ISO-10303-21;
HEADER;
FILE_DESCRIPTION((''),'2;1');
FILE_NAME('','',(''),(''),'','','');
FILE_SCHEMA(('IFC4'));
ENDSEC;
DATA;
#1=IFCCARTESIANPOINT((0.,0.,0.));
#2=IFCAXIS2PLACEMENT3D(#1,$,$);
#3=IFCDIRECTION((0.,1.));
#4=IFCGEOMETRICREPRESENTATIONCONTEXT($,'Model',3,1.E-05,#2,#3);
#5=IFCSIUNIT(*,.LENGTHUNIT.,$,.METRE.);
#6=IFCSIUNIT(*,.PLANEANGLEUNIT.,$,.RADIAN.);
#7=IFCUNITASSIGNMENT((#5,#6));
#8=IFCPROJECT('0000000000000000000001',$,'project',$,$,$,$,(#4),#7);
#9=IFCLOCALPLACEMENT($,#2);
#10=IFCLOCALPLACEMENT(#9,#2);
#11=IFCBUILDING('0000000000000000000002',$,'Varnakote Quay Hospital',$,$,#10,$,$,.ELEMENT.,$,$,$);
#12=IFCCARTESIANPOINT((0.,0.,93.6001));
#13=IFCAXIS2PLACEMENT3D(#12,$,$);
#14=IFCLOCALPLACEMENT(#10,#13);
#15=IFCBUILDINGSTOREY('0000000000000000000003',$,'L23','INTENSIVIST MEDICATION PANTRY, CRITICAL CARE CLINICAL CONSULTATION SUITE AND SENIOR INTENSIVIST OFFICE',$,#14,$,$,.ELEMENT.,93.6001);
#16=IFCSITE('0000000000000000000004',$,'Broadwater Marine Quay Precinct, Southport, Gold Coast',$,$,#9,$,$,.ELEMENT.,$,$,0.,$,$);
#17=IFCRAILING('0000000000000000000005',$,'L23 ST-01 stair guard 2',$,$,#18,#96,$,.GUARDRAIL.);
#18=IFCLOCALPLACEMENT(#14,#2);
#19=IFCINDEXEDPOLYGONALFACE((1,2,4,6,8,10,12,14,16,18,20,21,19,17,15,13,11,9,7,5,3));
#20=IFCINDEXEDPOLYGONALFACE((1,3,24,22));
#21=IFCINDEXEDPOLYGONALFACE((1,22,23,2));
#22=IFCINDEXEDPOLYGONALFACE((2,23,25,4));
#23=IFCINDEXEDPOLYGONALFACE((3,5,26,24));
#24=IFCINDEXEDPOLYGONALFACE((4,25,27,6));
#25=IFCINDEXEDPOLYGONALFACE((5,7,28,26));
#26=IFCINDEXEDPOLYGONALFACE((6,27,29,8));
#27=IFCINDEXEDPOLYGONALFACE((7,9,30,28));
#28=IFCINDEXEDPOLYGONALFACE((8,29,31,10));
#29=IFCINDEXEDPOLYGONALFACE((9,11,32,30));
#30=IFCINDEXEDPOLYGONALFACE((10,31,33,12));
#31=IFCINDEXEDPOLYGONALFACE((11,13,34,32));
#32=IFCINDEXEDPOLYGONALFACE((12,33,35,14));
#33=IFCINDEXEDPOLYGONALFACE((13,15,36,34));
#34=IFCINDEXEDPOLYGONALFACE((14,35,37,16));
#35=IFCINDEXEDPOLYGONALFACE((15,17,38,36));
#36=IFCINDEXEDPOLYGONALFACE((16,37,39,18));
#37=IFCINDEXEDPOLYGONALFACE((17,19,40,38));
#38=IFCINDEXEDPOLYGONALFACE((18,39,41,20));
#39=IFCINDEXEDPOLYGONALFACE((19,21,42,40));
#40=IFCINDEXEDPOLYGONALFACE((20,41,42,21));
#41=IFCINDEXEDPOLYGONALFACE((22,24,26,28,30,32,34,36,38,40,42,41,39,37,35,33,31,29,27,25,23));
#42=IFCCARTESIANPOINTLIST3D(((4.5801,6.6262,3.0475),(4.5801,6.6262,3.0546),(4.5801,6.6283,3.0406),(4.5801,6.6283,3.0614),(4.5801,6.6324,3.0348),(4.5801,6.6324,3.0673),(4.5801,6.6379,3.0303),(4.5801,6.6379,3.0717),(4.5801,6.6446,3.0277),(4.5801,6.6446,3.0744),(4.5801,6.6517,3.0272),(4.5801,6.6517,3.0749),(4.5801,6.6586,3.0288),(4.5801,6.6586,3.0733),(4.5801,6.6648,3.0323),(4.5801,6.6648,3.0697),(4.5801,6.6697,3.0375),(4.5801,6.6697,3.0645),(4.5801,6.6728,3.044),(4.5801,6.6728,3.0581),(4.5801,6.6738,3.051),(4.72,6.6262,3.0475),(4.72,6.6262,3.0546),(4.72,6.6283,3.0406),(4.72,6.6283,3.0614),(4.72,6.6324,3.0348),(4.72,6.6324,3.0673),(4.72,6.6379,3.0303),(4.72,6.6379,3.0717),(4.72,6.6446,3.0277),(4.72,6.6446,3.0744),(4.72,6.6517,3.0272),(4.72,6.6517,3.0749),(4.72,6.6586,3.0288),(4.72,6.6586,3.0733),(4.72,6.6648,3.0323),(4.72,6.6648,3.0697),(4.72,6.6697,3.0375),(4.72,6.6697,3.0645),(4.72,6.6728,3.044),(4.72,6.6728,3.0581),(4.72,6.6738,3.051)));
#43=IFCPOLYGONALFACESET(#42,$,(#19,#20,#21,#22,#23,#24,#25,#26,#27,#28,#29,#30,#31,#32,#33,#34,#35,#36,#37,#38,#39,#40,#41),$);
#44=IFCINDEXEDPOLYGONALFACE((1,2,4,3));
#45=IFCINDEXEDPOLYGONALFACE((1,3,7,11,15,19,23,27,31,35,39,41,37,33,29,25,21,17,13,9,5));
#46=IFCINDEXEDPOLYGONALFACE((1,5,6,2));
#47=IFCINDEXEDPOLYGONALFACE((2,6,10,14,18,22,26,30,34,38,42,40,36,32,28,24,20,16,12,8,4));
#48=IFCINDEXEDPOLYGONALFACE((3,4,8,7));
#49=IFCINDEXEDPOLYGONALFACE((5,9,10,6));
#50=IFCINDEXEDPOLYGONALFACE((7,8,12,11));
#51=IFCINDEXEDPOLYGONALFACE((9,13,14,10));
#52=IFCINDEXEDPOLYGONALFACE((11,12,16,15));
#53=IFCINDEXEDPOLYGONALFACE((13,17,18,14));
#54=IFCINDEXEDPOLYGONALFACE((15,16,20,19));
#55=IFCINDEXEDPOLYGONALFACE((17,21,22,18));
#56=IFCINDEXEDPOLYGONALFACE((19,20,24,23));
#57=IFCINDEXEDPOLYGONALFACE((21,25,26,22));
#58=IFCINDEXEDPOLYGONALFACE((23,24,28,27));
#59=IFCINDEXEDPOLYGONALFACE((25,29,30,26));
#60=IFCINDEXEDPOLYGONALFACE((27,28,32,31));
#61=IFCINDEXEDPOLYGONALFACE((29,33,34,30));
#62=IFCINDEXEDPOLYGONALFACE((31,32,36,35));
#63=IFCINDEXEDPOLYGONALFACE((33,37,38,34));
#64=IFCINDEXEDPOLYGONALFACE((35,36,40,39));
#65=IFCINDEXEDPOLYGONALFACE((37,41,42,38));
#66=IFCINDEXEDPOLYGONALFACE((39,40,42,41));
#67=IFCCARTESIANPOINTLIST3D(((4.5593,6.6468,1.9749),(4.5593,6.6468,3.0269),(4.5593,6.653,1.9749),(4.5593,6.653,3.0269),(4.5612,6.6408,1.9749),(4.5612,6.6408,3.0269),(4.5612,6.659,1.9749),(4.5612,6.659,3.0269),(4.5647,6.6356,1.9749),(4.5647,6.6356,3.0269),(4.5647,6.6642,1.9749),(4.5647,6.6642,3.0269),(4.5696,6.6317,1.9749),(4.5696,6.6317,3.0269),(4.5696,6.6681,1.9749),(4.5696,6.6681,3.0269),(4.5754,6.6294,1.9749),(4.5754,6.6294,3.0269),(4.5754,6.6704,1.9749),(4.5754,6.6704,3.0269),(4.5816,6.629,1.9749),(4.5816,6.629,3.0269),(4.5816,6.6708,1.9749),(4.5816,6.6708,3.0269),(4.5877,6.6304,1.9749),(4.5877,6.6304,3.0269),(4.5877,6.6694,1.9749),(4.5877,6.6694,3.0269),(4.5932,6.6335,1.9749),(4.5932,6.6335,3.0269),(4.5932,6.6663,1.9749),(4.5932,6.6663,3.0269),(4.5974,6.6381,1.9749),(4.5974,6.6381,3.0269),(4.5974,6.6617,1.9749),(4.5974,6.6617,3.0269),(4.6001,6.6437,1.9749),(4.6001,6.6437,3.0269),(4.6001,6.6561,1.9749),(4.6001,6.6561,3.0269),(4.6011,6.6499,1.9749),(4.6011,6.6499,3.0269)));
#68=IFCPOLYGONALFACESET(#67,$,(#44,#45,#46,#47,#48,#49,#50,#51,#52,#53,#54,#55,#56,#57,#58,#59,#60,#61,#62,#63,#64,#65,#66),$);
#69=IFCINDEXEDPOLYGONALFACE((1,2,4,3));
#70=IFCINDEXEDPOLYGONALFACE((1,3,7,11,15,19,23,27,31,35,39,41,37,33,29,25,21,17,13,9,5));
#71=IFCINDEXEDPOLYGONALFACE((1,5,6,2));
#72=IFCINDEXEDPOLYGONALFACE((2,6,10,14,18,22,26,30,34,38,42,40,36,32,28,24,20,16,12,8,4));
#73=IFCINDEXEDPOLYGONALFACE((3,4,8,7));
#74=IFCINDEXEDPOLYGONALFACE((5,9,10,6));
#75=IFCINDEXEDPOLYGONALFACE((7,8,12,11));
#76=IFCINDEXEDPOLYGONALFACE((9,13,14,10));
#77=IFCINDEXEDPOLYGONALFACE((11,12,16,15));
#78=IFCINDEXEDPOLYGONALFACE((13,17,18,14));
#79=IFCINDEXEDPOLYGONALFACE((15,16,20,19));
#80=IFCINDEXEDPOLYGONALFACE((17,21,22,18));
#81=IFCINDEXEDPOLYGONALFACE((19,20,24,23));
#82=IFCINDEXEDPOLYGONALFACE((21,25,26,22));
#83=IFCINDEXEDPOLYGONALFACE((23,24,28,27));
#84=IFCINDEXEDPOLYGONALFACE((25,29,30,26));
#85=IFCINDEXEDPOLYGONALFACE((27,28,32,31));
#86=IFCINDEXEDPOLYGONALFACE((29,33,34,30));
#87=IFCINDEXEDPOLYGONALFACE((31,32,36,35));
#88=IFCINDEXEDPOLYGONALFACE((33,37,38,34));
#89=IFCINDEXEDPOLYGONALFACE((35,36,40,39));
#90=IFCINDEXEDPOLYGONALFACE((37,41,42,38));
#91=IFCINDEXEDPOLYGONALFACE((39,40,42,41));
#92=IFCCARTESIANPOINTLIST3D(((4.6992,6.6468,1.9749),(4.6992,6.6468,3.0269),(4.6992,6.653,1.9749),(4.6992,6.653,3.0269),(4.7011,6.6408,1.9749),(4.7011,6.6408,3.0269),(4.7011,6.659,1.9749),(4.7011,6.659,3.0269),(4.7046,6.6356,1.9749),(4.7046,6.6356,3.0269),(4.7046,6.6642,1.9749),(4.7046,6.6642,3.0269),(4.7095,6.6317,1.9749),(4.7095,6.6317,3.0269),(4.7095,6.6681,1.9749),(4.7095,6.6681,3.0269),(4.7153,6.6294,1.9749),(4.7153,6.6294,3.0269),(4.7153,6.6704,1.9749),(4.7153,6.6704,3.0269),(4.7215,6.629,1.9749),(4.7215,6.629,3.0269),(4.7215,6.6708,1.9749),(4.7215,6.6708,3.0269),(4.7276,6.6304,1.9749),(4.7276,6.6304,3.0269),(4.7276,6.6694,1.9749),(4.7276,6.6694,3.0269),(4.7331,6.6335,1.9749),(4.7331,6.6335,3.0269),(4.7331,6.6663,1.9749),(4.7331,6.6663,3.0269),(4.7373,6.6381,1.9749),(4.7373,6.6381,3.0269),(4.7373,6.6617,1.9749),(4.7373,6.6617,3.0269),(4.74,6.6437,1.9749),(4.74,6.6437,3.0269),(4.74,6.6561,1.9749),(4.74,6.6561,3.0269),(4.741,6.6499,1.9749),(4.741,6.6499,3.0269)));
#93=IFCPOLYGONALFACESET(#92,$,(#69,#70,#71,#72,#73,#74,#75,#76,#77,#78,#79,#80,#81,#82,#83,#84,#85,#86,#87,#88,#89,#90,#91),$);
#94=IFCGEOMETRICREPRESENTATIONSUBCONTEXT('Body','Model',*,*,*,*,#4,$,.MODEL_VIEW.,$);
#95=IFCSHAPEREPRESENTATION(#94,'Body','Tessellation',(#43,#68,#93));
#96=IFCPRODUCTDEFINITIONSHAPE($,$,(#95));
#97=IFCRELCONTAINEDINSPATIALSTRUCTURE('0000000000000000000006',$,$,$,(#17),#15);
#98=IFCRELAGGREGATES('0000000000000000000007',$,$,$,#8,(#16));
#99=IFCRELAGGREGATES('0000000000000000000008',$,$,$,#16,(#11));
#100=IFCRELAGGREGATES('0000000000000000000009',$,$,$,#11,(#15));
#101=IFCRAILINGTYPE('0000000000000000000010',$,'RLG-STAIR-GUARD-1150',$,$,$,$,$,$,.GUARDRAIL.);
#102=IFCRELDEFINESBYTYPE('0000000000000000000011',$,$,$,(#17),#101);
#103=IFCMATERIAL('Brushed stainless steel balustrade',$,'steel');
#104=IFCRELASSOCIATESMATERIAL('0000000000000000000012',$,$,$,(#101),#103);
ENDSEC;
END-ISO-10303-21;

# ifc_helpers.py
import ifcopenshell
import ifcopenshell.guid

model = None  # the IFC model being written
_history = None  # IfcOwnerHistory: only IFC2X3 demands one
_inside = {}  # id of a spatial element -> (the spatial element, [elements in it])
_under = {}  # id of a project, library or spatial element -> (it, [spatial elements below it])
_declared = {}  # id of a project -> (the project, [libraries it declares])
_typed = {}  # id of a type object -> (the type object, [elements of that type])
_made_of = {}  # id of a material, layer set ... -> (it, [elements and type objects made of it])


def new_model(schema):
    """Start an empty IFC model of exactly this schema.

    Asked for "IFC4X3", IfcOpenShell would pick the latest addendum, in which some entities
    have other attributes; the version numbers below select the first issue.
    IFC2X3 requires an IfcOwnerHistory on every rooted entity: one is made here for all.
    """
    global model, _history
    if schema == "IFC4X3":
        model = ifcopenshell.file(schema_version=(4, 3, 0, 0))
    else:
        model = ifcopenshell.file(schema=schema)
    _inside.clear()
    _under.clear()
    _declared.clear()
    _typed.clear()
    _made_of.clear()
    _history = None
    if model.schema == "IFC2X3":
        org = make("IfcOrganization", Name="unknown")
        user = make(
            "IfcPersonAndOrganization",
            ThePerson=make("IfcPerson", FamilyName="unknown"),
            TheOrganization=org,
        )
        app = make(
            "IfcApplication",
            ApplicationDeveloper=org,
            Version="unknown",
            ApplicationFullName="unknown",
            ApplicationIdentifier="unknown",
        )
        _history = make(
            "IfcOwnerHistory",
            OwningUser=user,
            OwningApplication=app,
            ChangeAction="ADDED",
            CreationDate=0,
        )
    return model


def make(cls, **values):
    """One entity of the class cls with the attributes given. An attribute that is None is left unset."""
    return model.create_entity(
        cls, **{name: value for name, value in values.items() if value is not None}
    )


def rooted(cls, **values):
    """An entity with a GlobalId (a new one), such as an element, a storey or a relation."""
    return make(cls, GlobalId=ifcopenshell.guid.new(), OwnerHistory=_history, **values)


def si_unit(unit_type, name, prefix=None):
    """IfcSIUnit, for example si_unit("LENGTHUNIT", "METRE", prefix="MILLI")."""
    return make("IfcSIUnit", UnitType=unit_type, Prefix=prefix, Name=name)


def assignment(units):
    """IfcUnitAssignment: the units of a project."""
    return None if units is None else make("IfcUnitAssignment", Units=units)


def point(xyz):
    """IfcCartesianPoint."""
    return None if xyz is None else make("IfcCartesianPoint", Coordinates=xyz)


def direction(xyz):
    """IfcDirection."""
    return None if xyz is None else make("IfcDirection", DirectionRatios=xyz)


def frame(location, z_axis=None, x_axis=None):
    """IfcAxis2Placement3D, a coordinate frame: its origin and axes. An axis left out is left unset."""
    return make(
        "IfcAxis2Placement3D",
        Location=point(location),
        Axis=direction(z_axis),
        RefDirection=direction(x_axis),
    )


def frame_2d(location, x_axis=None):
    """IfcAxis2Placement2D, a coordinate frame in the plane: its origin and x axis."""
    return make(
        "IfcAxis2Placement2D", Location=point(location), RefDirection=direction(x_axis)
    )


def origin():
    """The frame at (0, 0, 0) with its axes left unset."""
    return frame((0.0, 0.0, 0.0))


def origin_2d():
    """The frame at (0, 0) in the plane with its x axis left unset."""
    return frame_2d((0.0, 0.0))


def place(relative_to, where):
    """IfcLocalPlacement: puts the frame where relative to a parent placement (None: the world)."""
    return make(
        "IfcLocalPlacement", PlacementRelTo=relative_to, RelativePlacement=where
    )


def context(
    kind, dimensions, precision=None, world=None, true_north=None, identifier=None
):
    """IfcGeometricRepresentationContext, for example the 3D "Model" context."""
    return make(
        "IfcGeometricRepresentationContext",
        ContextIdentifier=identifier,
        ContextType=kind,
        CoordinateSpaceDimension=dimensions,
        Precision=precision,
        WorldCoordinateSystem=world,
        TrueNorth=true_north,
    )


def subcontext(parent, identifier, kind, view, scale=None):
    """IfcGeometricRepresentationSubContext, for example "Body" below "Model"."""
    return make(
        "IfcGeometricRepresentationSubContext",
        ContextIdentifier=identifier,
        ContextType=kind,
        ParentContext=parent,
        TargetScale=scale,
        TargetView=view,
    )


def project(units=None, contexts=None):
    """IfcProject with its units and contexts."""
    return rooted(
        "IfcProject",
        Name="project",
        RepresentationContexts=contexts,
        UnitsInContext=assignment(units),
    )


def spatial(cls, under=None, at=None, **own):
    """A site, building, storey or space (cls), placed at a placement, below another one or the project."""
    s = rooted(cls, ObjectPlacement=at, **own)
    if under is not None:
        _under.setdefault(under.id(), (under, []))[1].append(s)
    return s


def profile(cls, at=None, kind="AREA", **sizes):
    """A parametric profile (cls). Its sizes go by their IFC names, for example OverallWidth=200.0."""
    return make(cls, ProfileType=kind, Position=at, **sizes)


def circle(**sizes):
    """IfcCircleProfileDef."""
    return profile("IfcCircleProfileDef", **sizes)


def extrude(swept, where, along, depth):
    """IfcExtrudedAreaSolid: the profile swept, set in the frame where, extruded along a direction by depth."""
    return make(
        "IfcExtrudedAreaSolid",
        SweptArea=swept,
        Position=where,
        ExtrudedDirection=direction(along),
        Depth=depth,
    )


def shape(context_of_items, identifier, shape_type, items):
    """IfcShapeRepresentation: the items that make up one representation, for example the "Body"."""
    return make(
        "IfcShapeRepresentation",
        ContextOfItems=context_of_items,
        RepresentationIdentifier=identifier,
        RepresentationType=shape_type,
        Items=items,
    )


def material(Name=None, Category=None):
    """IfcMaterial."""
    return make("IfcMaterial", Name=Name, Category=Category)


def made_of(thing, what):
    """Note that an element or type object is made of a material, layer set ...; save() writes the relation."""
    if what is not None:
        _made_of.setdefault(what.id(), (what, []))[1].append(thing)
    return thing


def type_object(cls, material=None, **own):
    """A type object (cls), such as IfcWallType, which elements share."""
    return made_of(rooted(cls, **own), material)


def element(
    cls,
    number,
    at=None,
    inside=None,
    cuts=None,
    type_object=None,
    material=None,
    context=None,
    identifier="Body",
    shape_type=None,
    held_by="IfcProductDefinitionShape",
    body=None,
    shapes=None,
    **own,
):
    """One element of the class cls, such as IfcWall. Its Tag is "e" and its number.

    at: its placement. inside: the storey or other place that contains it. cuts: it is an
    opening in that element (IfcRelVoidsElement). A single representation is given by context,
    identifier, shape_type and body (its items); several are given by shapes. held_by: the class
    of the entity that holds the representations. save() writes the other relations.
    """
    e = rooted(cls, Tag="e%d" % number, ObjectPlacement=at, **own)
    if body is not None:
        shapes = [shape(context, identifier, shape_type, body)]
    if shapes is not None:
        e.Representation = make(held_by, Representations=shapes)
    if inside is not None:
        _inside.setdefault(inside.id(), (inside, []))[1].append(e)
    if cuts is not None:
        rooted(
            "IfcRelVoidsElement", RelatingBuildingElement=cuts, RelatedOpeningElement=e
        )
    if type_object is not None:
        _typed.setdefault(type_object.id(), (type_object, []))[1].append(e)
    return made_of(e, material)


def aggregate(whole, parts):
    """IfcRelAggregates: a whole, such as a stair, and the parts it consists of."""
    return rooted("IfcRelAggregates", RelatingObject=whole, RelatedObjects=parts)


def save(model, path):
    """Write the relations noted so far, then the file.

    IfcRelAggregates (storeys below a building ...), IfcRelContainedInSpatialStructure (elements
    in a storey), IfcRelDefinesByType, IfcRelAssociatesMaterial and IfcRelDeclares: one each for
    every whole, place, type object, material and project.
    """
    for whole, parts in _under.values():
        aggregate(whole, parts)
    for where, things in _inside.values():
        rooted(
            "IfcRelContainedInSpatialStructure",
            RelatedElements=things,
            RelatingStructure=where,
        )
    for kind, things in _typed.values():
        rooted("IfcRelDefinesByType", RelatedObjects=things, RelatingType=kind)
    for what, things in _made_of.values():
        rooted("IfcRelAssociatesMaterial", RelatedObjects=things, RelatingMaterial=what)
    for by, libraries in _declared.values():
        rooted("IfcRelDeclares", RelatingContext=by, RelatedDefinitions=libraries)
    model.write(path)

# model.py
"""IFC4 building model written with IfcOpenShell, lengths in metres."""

from ifc_helpers import new_model, si_unit, direction, frame, origin, origin_2d, place, context, subcontext, project, spatial, circle, extrude, material, type_object, element, save


model = new_model("IFC4")

# Units and contexts
model_context = context("Model", 3, precision=1e-05, world=origin(), true_north=direction((0.0, 1.0)))
body_context = subcontext(model_context, "Body", "Model", "MODEL_VIEW")
ifc_project = project(units=[si_unit("LENGTHUNIT", "METRE"), si_unit("PLANEANGLEUNIT", "RADIAN")], contexts=[model_context])

# Site, building, storey
site_placement = place(None, origin())
site = spatial("IfcSite", under=ifc_project, at=site_placement, Name="Broadwater Marine Quay Precinct, Southport, Gold Coast", CompositionType="ELEMENT", RefElevation=0.0)
building_placement = place(site_placement, origin())
building = spatial("IfcBuilding", under=site, at=building_placement, Name="Varnakote Quay Hospital", CompositionType="ELEMENT")
storey_placement = place(building_placement, frame((0.0, 0.0, 93.6001)))
storey = spatial("IfcBuildingStorey", under=building, at=storey_placement, Name="L23", Description="INTENSIVIST MEDICATION PANTRY, CRITICAL CARE CLINICAL CONSULTATION SUITE AND SENIOR INTENSIVIST OFFICE", CompositionType="ELEMENT", Elevation=93.6001)

# Railing
ifc_material_1 = material(Name="Brushed stainless steel balustrade", Category="steel")
railing_type_1 = type_object("IfcRailingType", Name="RLG-STAIR-GUARD-1150", PredefinedType="GUARDRAIL", material=ifc_material_1)
railing_1_placement = place(storey_placement, frame((4.5801, 6.6499, 1.9749)))
element("IfcRailing", 1, at=railing_1_placement, inside=storey, type_object=railing_type_1, Name="L23 ST-01 stair guard 2", PredefinedType="GUARDRAIL", context=body_context, shape_type="SweptSolid", body=[
    extrude(circle(Radius=0.0239, at=origin_2d()), frame((0.0, 0.0, 1.0762), z_axis=(1.0, 0.0, 0.0), x_axis=(0.0, 1.0, 0.0)), (0.0, 0.0, 1.0), 0.1399),
    extrude(circle(Radius=0.021, at=origin_2d()), origin(), (0.0, 0.0, 1.0), 1.052),
    extrude(circle(Radius=0.021, at=origin_2d()), frame((0.1399, 0.0, 0.0)), (0.0, 0.0, 1.0), 1.052),
])

save(model, "model.ifc")
